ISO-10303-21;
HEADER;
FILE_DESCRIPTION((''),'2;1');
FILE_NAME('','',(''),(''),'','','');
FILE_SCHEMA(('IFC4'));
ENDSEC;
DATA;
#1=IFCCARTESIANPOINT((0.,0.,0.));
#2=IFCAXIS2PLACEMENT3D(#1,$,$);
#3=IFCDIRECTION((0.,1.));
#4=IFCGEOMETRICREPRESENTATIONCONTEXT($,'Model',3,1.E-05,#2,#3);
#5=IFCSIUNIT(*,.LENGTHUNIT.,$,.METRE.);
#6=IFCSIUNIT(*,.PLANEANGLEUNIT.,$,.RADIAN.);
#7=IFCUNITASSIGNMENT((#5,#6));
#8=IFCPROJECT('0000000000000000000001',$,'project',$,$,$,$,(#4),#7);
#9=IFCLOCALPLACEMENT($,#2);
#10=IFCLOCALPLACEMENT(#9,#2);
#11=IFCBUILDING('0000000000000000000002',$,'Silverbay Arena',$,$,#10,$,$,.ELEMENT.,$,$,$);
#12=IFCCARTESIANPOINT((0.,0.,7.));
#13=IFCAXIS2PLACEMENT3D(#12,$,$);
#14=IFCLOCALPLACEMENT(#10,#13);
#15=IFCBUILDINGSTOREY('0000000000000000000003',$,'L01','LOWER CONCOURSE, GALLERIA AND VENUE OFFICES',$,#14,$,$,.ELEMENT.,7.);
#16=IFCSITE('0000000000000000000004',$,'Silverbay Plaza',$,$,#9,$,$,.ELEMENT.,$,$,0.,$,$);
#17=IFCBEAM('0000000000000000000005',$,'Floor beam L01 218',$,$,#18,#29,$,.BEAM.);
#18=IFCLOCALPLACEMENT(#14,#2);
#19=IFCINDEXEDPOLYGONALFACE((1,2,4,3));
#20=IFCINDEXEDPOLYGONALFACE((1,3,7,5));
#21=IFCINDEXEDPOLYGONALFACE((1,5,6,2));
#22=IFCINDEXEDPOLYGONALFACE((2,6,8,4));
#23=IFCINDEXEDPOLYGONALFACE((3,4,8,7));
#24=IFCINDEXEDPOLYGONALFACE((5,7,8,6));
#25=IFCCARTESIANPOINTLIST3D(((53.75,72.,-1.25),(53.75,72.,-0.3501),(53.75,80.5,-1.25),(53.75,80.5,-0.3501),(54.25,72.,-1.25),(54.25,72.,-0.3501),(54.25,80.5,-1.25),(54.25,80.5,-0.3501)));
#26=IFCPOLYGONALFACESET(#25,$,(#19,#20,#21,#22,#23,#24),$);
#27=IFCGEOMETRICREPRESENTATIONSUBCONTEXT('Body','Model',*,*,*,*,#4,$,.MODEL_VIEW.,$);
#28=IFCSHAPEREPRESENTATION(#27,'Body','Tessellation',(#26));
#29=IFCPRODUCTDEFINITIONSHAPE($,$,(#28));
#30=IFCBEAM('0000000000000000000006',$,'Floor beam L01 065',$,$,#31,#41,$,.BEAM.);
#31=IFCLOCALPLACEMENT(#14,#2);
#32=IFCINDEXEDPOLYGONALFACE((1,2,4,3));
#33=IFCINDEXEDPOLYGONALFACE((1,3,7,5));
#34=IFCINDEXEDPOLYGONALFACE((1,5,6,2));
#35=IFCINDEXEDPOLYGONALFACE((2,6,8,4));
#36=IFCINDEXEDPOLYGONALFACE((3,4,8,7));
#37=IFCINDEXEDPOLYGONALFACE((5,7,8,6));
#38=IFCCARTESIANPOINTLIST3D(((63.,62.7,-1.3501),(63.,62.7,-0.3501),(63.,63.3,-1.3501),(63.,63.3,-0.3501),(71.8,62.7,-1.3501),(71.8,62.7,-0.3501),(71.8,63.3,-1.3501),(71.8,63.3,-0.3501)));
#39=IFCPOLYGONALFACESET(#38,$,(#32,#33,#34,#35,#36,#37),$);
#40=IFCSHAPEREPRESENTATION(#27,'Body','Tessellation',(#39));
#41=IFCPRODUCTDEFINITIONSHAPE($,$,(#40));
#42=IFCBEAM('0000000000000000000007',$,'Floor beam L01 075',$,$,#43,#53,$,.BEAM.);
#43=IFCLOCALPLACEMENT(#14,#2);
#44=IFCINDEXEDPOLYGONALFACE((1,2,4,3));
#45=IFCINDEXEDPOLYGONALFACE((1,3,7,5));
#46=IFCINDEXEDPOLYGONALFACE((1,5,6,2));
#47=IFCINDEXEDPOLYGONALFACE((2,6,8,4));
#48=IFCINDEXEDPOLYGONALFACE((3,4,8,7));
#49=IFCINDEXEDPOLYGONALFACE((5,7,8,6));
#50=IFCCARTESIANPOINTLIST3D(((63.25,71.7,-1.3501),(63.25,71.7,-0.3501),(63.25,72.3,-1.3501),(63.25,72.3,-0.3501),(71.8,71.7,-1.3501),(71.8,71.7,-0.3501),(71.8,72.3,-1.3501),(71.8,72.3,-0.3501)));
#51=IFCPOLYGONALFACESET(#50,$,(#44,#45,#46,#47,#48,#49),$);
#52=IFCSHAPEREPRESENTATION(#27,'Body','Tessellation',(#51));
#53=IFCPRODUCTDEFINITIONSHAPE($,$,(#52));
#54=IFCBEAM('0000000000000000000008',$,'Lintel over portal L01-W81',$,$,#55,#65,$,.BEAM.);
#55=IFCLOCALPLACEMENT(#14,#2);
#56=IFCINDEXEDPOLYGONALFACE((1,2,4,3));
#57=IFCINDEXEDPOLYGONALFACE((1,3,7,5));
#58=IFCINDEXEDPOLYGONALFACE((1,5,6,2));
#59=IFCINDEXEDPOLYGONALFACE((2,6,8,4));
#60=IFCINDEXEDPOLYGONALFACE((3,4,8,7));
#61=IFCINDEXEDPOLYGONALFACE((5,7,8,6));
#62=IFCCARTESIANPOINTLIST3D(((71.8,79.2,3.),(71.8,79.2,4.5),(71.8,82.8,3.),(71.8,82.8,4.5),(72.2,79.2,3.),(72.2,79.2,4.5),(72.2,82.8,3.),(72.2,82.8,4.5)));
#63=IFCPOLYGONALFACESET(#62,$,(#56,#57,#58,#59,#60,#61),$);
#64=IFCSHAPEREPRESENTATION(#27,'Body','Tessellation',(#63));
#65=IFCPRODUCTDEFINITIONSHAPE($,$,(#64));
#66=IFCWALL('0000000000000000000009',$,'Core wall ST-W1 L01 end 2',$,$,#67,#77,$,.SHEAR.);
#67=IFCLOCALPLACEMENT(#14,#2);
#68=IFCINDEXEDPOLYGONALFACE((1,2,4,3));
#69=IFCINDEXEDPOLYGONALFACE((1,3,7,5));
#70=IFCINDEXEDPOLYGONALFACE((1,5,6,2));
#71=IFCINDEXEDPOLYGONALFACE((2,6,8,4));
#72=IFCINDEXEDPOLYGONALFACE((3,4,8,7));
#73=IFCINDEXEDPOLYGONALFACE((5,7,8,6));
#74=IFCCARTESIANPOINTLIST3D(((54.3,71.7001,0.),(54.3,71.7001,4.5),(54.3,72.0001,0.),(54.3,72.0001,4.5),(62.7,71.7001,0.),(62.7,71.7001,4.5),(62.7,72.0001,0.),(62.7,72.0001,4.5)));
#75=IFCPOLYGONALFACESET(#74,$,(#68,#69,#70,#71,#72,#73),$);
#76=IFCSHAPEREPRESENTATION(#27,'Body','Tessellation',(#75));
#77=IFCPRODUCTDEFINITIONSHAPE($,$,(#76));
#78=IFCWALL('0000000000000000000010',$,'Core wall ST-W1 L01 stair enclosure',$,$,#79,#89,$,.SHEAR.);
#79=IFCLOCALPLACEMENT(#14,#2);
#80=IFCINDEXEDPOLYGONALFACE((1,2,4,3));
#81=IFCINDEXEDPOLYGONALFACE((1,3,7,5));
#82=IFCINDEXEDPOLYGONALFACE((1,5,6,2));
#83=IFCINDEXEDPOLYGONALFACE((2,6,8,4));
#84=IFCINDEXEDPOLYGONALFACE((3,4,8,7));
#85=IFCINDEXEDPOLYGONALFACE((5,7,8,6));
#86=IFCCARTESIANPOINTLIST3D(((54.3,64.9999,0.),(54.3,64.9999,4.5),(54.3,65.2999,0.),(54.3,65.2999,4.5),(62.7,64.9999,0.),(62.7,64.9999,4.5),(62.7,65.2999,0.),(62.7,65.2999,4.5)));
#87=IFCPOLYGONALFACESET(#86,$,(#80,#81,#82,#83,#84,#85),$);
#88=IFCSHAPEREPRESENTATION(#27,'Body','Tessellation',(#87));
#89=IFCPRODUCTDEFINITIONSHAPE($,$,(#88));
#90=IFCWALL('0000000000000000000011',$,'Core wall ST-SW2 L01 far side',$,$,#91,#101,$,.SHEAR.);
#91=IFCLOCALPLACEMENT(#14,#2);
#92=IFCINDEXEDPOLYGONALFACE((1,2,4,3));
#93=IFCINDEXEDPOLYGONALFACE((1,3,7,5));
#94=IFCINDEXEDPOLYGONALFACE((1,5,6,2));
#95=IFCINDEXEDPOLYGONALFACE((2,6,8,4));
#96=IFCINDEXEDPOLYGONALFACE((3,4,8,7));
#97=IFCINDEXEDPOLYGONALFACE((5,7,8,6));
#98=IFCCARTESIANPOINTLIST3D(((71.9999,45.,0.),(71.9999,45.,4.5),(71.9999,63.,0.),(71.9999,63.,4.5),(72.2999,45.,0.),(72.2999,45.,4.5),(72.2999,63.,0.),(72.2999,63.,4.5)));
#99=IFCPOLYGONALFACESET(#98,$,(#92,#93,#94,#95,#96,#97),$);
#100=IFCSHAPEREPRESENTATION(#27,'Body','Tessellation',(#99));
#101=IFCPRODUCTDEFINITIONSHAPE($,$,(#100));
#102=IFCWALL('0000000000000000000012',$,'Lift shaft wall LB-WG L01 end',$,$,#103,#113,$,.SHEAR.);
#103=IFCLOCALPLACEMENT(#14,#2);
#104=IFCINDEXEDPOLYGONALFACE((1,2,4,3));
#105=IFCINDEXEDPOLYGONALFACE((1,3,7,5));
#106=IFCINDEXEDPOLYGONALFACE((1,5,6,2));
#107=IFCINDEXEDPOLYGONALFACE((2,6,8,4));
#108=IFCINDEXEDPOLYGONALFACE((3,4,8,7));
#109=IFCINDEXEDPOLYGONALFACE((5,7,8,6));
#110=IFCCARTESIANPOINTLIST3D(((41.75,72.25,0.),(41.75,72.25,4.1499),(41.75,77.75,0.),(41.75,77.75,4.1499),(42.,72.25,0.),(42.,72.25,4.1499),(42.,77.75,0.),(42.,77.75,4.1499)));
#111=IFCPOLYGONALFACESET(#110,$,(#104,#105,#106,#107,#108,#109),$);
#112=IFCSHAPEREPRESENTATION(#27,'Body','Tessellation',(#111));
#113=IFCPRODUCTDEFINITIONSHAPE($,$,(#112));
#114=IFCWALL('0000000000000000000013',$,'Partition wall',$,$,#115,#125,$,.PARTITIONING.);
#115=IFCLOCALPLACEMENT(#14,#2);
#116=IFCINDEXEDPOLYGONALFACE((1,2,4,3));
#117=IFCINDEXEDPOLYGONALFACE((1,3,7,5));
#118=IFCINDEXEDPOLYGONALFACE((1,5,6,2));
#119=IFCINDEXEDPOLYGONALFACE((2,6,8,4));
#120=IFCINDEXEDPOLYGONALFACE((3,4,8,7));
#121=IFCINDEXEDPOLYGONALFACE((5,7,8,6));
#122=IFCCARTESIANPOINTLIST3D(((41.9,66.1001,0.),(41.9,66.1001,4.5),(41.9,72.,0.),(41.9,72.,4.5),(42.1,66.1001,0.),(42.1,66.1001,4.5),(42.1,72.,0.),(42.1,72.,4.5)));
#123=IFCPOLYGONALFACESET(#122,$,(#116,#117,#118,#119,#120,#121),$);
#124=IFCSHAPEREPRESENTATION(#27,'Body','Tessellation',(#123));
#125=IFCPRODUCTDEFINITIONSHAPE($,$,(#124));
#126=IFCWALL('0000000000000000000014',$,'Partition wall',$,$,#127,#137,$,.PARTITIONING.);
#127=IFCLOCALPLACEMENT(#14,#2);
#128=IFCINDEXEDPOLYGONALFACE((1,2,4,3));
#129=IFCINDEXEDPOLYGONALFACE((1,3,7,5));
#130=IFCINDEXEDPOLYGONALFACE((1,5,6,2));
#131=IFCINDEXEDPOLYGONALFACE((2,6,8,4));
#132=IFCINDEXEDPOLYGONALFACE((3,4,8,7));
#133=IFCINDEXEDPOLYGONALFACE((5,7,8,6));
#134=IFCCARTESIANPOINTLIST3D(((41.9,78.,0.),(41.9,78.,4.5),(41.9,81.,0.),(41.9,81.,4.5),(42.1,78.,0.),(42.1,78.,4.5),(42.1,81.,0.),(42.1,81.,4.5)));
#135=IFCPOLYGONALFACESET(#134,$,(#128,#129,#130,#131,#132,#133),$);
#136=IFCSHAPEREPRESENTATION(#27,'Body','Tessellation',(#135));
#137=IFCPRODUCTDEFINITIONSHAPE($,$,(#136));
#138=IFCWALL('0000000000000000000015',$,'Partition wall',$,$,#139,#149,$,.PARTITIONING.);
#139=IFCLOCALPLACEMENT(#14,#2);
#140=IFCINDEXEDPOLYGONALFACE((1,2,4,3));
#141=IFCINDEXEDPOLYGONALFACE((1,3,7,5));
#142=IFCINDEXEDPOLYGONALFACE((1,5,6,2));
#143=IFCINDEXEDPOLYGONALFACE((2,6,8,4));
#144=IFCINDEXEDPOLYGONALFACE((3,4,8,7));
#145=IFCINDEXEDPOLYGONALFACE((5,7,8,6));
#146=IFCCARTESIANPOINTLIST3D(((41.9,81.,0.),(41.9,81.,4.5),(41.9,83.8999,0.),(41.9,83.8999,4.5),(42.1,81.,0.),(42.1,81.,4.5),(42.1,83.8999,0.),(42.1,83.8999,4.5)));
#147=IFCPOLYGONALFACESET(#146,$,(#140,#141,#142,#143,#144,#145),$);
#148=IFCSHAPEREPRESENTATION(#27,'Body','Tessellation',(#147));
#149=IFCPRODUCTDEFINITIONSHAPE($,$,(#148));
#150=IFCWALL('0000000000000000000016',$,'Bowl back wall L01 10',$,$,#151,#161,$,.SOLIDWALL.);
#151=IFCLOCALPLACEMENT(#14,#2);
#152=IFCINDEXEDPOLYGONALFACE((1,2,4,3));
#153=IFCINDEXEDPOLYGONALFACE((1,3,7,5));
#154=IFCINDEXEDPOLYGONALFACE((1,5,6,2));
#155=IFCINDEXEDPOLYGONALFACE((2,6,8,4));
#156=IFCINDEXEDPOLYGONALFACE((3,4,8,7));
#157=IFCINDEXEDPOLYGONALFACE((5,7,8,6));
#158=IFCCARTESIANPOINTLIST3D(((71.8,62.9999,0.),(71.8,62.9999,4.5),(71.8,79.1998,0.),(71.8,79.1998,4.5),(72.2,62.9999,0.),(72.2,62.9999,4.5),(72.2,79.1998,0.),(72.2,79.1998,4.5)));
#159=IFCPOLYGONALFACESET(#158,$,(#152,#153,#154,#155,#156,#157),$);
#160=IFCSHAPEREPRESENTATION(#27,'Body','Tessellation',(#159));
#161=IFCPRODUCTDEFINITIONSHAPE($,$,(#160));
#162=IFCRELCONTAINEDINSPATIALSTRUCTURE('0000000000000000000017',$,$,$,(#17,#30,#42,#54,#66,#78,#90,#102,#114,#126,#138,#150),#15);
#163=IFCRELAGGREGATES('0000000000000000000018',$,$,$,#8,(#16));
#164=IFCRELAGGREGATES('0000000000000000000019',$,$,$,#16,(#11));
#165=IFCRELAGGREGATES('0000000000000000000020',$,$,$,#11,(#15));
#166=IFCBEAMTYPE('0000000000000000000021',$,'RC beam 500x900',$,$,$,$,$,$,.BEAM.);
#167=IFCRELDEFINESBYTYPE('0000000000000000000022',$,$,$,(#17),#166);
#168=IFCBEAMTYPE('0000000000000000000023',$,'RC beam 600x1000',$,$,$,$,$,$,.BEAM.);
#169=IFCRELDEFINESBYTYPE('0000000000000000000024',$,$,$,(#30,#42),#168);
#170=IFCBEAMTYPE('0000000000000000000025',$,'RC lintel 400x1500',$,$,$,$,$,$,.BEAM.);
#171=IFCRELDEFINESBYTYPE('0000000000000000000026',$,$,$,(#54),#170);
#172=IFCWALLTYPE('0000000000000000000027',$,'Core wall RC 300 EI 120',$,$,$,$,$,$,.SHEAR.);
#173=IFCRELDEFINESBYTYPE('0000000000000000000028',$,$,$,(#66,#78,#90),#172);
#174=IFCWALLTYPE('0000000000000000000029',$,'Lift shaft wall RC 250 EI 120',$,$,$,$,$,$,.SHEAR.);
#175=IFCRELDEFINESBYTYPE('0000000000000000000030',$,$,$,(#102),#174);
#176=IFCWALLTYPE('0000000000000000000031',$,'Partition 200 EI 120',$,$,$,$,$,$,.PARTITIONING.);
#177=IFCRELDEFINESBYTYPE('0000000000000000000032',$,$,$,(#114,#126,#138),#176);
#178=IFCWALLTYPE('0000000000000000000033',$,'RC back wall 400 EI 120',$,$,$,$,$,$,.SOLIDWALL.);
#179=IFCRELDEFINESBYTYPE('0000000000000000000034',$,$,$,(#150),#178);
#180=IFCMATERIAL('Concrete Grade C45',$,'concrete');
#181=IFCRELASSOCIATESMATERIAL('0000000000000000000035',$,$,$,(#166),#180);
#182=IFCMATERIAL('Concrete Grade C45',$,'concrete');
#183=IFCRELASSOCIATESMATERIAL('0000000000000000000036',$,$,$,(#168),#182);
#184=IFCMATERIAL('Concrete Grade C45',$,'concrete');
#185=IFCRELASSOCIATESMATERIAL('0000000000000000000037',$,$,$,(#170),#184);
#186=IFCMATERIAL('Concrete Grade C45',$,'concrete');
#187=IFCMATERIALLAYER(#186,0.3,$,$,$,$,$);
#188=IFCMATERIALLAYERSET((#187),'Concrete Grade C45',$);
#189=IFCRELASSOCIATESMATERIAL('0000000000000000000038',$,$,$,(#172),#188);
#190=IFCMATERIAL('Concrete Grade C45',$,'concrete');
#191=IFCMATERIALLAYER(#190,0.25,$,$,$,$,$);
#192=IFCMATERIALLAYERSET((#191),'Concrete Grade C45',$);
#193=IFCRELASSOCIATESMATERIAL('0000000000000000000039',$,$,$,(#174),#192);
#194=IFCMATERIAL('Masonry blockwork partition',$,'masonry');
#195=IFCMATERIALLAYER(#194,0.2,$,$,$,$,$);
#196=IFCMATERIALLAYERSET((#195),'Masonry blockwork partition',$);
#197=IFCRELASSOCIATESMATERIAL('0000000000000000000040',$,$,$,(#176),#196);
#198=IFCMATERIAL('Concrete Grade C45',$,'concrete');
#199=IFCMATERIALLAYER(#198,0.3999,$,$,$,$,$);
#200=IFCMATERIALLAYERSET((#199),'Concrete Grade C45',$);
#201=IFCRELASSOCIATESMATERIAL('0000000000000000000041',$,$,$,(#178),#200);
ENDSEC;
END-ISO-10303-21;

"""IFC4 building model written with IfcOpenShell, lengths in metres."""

from ifc_helpers import new_model, si_unit, direction, frame, frame_2d, origin, origin_2d, place, context, subcontext, project, spatial, rectangle, extrude, material, layer, layer_set, material_profile, profile_set, type_object, element, save


model = new_model("IFC4")

# Units and contexts
model_context = context("Model", 3, precision=1e-05, world=origin(), true_north=direction((0.0, 1.0)))
body_context = subcontext(model_context, "Body", "Model", "MODEL_VIEW")
ifc_project = project(units=[si_unit("LENGTHUNIT", "METRE"), si_unit("PLANEANGLEUNIT", "RADIAN")], contexts=[model_context])

# Site, building, storey
site_placement = place(None, origin())
site = spatial("IfcSite", under=ifc_project, at=site_placement, Name="Silverbay Plaza", CompositionType="ELEMENT", RefElevation=0.0)
building_placement = place(site_placement, origin())
building = spatial("IfcBuilding", under=site, at=building_placement, Name="Silverbay Arena", CompositionType="ELEMENT")
storey_placement = place(building_placement, frame((0.0, 0.0, 7.0)))
storey = spatial("IfcBuildingStorey", under=building, at=storey_placement, Name="L01", Description="LOWER CONCOURSE, GALLERIA AND VENUE OFFICES", CompositionType="ELEMENT", Elevation=7.0)

# Beams
ifc_material_1 = material(Name="Concrete Grade C45", Category="concrete")
ifc_material_profile_1 = material_profile(ifc_material_1, rectangle(XDim=0.5, YDim=0.8999, at=origin_2d()), Name="RC 500x900")
ifc_profile_set_1 = profile_set([ifc_material_profile_1], Name="Concrete Grade C45")
beam_type_1 = type_object("IfcBeamType", Name="RC beam 500x900", PredefinedType="BEAM", material=ifc_profile_set_1)
beam_1_placement = place(storey_placement, frame((54.0, 72.0, -0.8), z_axis=(0.0, 1.0, 0.0), x_axis=(-1.0, 0.0, 0.0)))
element("IfcBeam", 1, at=beam_1_placement, inside=storey, type_object=beam_type_1, Name="Floor beam L01 218", PredefinedType="BEAM", context=body_context, shape_type="SweptSolid", body=[
    extrude(rectangle(XDim=0.5, YDim=0.8999, at=origin_2d()), origin(), (0.0, 0.0, 1.0), 8.5),
])
ifc_material_2 = material(Name="Concrete Grade C45", Category="concrete")
ifc_material_profile_2 = material_profile(ifc_material_2, rectangle(XDim=0.6001, YDim=1.0, at=origin_2d()), Name="RC 600x1000")
ifc_profile_set_2 = profile_set([ifc_material_profile_2], Name="Concrete Grade C45")
beam_type_2 = type_object("IfcBeamType", Name="RC beam 600x1000", PredefinedType="BEAM", material=ifc_profile_set_2)
beam_2_placement = place(storey_placement, frame((63.0, 63.0, -0.8501), z_axis=(1.0, 0.0, 0.0), x_axis=(0.0, 1.0, 0.0)))
element("IfcBeam", 2, at=beam_2_placement, inside=storey, type_object=beam_type_2, Name="Floor beam L01 065", PredefinedType="BEAM", context=body_context, shape_type="SweptSolid", body=[
    extrude(rectangle(XDim=0.6001, YDim=1.0, at=origin_2d()), origin(), (0.0, 0.0, 1.0), 8.8),
])
beam_3_placement = place(storey_placement, frame((63.25, 72.0, -0.8501), z_axis=(1.0, 0.0, 0.0), x_axis=(0.0, 1.0, 0.0)))
element("IfcBeam", 3, at=beam_3_placement, inside=storey, type_object=beam_type_2, Name="Floor beam L01 075", PredefinedType="BEAM", context=body_context, shape_type="SweptSolid", body=[
    extrude(rectangle(XDim=0.6001, YDim=1.0, at=origin_2d()), origin(), (0.0, 0.0, 1.0), 8.55),
])
ifc_material_3 = material(Name="Concrete Grade C45", Category="concrete")
ifc_material_profile_3 = material_profile(ifc_material_3, rectangle(XDim=0.3999, YDim=1.5, at=origin_2d()), Name="RC 400x1500")
ifc_profile_set_3 = profile_set([ifc_material_profile_3], Name="Concrete Grade C45")
beam_type_3 = type_object("IfcBeamType", Name="RC lintel 400x1500", PredefinedType="BEAM", material=ifc_profile_set_3)
beam_4_placement = place(storey_placement, frame((72.0, 79.2, 3.75), z_axis=(0.0, 1.0, 0.0), x_axis=(-1.0, 0.0, 0.0)))
element("IfcBeam", 4, at=beam_4_placement, inside=storey, type_object=beam_type_3, Name="Lintel over portal L01-W81", PredefinedType="BEAM", context=body_context, shape_type="SweptSolid", body=[
    extrude(rectangle(XDim=0.3999, YDim=1.5, at=origin_2d()), origin(), (0.0, 0.0, 1.0), 3.6001),
])

# Walls
ifc_material_4 = material(Name="Concrete Grade C45", Category="concrete")
ifc_layer_1 = layer(ifc_material_4, 0.3)
ifc_layer_set_1 = layer_set([ifc_layer_1], Name="Concrete Grade C45")
wall_type_1 = type_object("IfcWallType", Name="Core wall RC 300 EI 120", PredefinedType="SHEAR", material=ifc_layer_set_1)
for number, where, z_axis, x_axis, name in (
    (5, (62.7, 71.8501, 0.0), (0.0, 0.0, 1.0), (-1.0, 0.0, 0.0), "Core wall ST-W1 L01 end 2"),
    (6, (62.7, 65.1499, 0.0), (0.0, 0.0, 1.0), (-1.0, 0.0, 0.0), "Core wall ST-W1 L01 stair enclosure"),
):
    element("IfcWall", number, at=place(storey_placement, frame(where, z_axis=z_axis, x_axis=x_axis)), inside=storey, type_object=wall_type_1, Name=name, PredefinedType="SHEAR", context=body_context, shape_type="SweptSolid", body=[
        extrude(rectangle(XDim=8.3999, YDim=0.3, at=frame_2d((4.2, 0.0))), origin(), (0.0, 0.0, 1.0), 4.5),
    ])
wall_1_placement = place(storey_placement, frame((72.1499, 63.0, 0.0), z_axis=(0.0, 0.0, 1.0), x_axis=(0.0, -1.0, 0.0)))
element("IfcWall", 7, at=wall_1_placement, inside=storey, type_object=wall_type_1, Name="Core wall ST-SW2 L01 far side", PredefinedType="SHEAR", context=body_context, shape_type="SweptSolid", body=[
    extrude(rectangle(XDim=18.0, YDim=0.3, at=frame_2d((9.0, 0.0))), origin(), (0.0, 0.0, 1.0), 4.5),
])
ifc_material_5 = material(Name="Concrete Grade C45", Category="concrete")
ifc_layer_2 = layer(ifc_material_5, 0.25)
ifc_layer_set_2 = layer_set([ifc_layer_2], Name="Concrete Grade C45")
wall_type_2 = type_object("IfcWallType", Name="Lift shaft wall RC 250 EI 120", PredefinedType="SHEAR", material=ifc_layer_set_2)
wall_2_placement = place(storey_placement, frame((41.875, 72.25, 0.0), z_axis=(0.0, 0.0, 1.0), x_axis=(0.0, 1.0, 0.0)))
element("IfcWall", 8, at=wall_2_placement, inside=storey, type_object=wall_type_2, Name="Lift shaft wall LB-WG L01 end", PredefinedType="SHEAR", context=body_context, shape_type="SweptSolid", body=[
    extrude(rectangle(XDim=5.5, YDim=0.25, at=frame_2d((2.75, 0.0))), origin(), (0.0, 0.0, 1.0), 4.1499),
])
ifc_material_6 = material(Name="Masonry blockwork partition", Category="masonry")
ifc_layer_3 = layer(ifc_material_6, 0.2)
ifc_layer_set_3 = layer_set([ifc_layer_3], Name="Masonry blockwork partition")
wall_type_3 = type_object("IfcWallType", Name="Partition 200 EI 120", PredefinedType="PARTITIONING", material=ifc_layer_set_3)
wall_3_placement = place(storey_placement, frame((42.0, 66.1001, 0.0), z_axis=(0.0, 0.0, 1.0), x_axis=(0.0, 1.0, 0.0)))
element("IfcWall", 9, at=wall_3_placement, inside=storey, type_object=wall_type_3, Name="Partition wall", PredefinedType="PARTITIONING", context=body_context, shape_type="SweptSolid", body=[
    extrude(rectangle(XDim=5.8999, YDim=0.2, at=frame_2d((2.95, 0.0))), origin(), (0.0, 0.0, 1.0), 4.5),
])
wall_4_placement = place(storey_placement, frame((42.0, 78.0, 0.0), z_axis=(0.0, 0.0, 1.0), x_axis=(0.0, 1.0, 0.0)))
element("IfcWall", 10, at=wall_4_placement, inside=storey, type_object=wall_type_3, Name="Partition wall", PredefinedType="PARTITIONING", context=body_context, shape_type="SweptSolid", body=[
    extrude(rectangle(XDim=3.0, YDim=0.2, at=frame_2d((1.5, 0.0))), origin(), (0.0, 0.0, 1.0), 4.5),
])
wall_5_placement = place(storey_placement, frame((42.0, 81.0, 0.0), z_axis=(0.0, 0.0, 1.0), x_axis=(0.0, 1.0, 0.0)))
element("IfcWall", 11, at=wall_5_placement, inside=storey, type_object=wall_type_3, Name="Partition wall", PredefinedType="PARTITIONING", context=body_context, shape_type="SweptSolid", body=[
    extrude(rectangle(XDim=2.8999, YDim=0.2, at=frame_2d((1.45, 0.0))), origin(), (0.0, 0.0, 1.0), 4.5),
])

# Wall
ifc_material_7 = material(Name="Concrete Grade C45", Category="concrete")
ifc_layer_4 = layer(ifc_material_7, 0.3999)
ifc_layer_set_4 = layer_set([ifc_layer_4], Name="Concrete Grade C45")
wall_type_4 = type_object("IfcWallType", Name="RC back wall 400 EI 120", PredefinedType="SOLIDWALL", material=ifc_layer_set_4)
wall_6_placement = place(storey_placement, frame((72.0, 79.2, 0.0), z_axis=(0.0, 0.0, 1.0), x_axis=(0.0, -1.0, 0.0)))
element("IfcWall", 12, at=wall_6_placement, inside=storey, type_object=wall_type_4, Name="Bowl back wall L01 10", PredefinedType="SOLIDWALL", context=body_context, shape_type="SweptSolid", body=[
    extrude(rectangle(XDim=16.2, YDim=0.3999, at=frame_2d((8.1001, 0.0))), origin(), (0.0, 0.0, 1.0), 4.5),
])

save(model, "model.ifc")
